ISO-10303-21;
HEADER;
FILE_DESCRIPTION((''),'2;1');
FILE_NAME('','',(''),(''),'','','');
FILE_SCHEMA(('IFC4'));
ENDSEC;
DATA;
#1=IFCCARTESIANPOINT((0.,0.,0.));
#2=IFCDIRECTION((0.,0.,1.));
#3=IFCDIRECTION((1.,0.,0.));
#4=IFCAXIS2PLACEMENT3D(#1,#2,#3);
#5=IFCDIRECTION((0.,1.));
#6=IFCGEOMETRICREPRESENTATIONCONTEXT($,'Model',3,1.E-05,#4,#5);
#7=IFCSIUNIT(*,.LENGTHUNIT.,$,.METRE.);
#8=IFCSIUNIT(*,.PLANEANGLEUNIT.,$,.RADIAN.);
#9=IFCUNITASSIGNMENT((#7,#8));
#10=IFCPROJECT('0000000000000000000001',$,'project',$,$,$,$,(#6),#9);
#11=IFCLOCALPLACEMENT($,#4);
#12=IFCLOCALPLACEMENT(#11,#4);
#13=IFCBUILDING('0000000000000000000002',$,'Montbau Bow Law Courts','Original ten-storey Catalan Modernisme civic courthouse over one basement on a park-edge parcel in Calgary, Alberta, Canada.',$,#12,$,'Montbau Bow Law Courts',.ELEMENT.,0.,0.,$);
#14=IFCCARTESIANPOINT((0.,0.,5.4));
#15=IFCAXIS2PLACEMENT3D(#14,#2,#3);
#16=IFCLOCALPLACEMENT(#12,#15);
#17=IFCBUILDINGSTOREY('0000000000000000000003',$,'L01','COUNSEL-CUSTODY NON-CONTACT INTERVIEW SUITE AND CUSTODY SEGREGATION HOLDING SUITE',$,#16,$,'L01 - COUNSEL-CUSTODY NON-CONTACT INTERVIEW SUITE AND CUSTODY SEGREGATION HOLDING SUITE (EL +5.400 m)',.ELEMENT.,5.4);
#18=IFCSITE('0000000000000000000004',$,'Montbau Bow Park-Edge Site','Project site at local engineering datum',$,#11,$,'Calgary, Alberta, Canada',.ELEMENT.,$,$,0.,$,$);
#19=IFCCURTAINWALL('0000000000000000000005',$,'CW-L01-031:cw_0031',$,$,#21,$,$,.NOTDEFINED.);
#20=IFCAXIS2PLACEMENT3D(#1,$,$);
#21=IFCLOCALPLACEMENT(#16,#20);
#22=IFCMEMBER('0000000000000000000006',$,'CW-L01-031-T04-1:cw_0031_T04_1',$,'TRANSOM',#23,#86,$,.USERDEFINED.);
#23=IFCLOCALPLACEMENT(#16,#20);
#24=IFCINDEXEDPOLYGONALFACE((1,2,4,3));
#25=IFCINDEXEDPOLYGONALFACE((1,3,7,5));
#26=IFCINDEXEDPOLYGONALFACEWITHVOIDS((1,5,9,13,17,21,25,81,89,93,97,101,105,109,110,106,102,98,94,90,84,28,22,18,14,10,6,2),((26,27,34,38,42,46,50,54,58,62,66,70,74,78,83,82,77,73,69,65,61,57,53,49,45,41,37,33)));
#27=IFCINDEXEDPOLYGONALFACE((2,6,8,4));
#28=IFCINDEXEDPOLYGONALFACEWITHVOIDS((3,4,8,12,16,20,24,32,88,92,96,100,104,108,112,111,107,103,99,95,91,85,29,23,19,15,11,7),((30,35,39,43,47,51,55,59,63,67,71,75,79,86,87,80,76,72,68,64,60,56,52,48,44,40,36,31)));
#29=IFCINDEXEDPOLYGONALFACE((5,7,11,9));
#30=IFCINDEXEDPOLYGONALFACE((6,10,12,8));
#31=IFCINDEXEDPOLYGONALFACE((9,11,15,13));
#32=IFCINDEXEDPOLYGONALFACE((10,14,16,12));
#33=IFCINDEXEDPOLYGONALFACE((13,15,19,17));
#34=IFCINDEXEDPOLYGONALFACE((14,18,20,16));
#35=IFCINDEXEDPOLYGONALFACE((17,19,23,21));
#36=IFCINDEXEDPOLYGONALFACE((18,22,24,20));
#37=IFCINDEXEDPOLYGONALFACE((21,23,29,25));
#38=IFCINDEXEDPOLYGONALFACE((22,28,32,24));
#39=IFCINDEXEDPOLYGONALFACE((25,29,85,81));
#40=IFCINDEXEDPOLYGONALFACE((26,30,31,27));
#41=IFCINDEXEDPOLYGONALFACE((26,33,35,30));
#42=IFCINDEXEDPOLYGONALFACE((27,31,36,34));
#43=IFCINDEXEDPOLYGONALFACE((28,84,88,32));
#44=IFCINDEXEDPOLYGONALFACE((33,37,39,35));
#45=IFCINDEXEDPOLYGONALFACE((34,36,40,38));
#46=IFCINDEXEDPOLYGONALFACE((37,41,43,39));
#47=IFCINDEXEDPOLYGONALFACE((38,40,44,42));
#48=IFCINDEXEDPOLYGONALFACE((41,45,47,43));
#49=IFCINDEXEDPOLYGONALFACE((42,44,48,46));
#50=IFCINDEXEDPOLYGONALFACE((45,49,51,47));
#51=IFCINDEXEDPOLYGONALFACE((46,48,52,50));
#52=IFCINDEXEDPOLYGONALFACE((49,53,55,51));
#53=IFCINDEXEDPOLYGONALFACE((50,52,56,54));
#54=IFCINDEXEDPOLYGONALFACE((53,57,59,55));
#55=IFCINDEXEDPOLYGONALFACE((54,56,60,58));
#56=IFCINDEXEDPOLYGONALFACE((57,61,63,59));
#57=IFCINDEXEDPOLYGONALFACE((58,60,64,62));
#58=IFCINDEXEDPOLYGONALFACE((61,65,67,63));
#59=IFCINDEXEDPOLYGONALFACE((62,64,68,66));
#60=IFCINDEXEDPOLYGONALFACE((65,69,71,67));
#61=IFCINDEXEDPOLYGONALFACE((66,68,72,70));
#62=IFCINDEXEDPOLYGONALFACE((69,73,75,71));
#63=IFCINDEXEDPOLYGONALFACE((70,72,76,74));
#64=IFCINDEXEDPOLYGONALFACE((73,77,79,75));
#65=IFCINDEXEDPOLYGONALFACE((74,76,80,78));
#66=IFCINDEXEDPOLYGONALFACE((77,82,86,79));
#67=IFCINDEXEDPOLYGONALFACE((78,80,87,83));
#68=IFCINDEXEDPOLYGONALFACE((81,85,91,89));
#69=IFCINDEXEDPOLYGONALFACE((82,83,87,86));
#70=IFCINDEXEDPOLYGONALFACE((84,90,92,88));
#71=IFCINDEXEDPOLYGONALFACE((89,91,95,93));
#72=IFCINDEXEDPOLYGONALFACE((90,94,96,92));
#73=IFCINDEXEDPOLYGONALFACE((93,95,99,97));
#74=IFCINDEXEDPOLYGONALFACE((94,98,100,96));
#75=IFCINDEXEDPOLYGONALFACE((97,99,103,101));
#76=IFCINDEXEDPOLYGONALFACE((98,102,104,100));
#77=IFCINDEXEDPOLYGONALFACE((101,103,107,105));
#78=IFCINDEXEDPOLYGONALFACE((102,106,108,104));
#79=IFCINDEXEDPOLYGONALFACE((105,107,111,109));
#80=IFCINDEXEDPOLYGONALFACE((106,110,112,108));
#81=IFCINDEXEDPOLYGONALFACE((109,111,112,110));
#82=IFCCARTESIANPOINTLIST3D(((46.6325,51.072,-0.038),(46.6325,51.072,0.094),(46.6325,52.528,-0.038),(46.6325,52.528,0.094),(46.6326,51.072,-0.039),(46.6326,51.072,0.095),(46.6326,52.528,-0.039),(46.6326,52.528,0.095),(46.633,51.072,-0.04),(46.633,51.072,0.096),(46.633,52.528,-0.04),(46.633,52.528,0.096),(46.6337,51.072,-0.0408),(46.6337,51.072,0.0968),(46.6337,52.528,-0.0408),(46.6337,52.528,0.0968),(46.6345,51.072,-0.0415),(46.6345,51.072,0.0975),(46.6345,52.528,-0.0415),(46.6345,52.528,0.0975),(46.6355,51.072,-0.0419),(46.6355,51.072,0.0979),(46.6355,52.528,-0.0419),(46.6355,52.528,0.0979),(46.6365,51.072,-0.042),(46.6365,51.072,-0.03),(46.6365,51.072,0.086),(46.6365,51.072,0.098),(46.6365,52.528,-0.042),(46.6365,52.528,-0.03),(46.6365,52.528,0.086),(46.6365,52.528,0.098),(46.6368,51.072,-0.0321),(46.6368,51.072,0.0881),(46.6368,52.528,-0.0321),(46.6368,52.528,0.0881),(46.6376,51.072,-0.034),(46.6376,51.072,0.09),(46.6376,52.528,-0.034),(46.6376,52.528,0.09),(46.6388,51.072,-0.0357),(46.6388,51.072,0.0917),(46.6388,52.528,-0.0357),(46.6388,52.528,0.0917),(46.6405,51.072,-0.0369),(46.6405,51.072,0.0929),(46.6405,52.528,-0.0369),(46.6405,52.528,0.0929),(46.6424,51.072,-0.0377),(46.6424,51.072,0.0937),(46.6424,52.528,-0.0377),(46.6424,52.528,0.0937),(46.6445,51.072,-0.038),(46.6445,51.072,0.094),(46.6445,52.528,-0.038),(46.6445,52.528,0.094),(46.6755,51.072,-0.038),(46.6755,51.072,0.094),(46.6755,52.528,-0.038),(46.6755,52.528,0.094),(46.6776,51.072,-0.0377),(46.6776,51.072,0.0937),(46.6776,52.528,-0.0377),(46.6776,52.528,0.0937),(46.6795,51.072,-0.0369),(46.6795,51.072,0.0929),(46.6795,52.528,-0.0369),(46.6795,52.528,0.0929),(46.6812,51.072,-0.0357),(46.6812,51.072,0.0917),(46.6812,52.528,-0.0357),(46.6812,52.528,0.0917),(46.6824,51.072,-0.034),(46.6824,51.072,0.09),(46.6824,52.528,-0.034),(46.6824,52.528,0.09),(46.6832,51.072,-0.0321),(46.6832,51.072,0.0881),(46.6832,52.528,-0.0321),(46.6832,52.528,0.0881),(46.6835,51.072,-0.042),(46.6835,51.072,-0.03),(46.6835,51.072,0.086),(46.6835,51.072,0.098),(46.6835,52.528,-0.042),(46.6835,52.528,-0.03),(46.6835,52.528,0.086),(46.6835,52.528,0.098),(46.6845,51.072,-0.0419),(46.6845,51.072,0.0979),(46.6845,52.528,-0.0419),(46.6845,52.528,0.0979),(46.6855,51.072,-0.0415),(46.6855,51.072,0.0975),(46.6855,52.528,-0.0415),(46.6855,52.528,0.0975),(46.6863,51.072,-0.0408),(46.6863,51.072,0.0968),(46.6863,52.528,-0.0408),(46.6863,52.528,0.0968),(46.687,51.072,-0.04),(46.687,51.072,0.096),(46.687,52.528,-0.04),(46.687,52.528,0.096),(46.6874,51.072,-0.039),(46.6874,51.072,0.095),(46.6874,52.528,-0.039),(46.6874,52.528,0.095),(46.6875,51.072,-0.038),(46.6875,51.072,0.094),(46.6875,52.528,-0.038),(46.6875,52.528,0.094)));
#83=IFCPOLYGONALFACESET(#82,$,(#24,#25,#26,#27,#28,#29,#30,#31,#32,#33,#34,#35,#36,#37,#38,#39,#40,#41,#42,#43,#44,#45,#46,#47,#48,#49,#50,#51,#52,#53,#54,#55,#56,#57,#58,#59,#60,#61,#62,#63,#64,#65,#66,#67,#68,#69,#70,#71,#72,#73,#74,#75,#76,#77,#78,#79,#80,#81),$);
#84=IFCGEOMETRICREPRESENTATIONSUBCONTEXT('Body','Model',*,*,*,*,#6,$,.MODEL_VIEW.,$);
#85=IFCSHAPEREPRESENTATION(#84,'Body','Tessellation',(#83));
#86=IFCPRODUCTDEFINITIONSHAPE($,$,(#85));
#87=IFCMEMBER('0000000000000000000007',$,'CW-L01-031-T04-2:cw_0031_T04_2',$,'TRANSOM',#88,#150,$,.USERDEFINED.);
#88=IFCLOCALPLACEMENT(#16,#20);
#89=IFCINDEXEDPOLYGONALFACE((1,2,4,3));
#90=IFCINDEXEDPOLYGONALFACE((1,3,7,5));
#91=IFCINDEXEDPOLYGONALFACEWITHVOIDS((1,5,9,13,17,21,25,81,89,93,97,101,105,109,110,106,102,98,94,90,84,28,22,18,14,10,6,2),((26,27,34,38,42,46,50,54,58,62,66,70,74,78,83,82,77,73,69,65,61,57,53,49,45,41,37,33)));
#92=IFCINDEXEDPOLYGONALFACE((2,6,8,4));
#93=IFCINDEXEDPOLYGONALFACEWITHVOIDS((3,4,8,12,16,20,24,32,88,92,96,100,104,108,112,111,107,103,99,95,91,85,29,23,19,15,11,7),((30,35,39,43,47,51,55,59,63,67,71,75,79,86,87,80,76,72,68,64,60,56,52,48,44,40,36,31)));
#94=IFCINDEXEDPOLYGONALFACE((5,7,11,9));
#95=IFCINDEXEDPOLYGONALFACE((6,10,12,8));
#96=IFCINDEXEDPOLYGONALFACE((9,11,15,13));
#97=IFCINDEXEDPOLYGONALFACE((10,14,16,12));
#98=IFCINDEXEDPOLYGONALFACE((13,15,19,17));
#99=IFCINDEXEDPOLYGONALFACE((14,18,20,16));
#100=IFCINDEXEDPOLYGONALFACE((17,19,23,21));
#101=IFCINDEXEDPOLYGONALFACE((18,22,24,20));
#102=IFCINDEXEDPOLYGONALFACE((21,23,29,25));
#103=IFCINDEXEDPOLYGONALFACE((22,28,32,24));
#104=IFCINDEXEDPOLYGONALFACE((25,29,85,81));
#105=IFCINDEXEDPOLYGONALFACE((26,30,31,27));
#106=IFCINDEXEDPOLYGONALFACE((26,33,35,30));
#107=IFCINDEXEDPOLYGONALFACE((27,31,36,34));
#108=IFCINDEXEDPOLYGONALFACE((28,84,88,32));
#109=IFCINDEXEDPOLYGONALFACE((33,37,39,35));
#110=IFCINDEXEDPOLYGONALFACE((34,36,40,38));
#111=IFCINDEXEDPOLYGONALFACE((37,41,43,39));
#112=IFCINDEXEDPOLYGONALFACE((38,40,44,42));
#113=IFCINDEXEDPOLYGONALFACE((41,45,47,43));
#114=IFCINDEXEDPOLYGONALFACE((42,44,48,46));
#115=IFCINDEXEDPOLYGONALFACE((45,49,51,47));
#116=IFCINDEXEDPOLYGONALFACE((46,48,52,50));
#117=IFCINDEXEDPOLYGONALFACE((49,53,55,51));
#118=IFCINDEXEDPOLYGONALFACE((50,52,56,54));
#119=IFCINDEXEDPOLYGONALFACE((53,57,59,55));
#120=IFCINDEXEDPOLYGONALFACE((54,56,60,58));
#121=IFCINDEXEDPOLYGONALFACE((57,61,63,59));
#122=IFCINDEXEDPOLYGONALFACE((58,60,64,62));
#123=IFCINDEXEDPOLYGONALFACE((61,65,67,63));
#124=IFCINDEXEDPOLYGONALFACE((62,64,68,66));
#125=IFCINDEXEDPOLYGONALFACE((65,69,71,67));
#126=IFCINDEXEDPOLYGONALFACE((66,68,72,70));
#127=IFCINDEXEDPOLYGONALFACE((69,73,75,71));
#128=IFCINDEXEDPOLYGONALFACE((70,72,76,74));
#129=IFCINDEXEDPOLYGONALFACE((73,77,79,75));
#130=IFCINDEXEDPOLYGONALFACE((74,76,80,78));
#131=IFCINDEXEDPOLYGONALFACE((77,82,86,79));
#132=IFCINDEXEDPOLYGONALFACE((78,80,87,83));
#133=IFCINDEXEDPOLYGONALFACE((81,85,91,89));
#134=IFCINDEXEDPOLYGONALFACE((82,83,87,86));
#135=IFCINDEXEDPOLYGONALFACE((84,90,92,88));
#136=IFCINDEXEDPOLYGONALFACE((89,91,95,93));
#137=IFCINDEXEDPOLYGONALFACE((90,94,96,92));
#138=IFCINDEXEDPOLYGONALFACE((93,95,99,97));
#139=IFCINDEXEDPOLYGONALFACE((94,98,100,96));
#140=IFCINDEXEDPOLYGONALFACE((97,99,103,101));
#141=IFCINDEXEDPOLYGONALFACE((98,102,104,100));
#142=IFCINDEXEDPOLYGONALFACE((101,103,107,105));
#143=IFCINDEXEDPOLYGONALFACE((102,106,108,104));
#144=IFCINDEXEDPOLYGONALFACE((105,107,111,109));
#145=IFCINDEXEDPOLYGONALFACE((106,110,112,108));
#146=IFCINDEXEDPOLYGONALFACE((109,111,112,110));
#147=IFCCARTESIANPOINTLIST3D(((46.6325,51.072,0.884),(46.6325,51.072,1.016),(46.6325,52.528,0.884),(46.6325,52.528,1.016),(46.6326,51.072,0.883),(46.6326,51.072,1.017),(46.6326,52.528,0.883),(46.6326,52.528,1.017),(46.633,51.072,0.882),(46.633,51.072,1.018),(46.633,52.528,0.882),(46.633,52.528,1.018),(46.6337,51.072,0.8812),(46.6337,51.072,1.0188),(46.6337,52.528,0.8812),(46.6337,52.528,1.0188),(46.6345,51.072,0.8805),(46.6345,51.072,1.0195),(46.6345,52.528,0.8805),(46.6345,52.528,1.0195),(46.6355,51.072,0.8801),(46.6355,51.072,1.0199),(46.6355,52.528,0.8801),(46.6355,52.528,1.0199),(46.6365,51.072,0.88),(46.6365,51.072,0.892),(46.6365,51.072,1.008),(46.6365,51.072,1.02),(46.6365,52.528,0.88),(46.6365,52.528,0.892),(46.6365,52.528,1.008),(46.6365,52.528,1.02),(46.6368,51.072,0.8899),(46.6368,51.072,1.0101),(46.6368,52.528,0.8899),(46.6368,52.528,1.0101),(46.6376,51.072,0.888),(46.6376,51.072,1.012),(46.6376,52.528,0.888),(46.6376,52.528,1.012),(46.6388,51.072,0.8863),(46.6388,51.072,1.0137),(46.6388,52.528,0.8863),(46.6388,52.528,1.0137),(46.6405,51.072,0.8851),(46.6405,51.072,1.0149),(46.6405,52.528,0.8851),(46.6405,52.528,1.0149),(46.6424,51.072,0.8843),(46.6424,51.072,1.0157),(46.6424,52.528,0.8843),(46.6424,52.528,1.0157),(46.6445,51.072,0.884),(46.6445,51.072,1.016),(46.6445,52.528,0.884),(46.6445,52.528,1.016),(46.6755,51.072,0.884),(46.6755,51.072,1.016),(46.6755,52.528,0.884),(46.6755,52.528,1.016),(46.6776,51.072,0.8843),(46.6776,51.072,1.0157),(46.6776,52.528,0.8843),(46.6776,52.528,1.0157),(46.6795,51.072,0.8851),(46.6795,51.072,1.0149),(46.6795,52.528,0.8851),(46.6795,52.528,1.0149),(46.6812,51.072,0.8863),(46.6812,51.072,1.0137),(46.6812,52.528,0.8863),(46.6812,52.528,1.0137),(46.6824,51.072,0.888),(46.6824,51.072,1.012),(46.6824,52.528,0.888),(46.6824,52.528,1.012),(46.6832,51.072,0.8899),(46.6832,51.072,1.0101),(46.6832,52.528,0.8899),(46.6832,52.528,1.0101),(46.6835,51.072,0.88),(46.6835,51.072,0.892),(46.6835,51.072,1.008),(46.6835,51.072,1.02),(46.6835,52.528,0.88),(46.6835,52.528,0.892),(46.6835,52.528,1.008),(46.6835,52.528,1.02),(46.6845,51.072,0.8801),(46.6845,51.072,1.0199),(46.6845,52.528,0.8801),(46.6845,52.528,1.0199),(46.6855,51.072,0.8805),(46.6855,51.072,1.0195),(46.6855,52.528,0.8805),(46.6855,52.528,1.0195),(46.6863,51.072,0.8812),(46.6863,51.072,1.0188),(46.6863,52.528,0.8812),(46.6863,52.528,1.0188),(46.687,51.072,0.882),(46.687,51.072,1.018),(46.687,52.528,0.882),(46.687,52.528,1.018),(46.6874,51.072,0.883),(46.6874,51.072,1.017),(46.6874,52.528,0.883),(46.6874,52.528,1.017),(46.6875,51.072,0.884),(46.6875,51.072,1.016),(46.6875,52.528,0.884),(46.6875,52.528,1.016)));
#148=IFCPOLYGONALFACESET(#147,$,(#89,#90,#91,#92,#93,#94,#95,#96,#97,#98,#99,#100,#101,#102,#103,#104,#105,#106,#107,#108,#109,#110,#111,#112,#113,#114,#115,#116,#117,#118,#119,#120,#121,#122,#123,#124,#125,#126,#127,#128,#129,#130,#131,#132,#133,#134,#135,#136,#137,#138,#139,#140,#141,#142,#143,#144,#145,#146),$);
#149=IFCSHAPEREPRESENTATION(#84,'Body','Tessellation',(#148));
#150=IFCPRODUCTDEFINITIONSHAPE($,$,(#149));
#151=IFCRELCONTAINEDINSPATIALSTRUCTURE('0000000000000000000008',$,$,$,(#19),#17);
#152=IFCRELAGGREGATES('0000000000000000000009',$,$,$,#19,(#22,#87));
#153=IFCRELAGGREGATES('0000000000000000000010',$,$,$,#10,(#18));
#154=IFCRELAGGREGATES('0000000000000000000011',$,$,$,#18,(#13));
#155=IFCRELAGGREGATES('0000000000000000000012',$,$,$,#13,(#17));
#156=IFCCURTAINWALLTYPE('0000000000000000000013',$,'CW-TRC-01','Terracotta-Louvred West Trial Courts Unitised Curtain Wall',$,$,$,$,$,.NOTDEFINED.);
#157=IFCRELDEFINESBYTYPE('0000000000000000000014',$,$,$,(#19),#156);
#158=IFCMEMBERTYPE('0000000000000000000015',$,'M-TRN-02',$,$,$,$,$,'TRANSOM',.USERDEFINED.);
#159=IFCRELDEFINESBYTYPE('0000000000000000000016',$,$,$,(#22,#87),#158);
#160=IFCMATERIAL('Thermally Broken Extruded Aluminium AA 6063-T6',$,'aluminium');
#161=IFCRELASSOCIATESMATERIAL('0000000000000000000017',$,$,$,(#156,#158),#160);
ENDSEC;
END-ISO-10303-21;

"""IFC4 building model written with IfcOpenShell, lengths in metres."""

from ifc_helpers import new_model, si_unit, direction, frame, origin_with_axes, origin_2d_with_axis, place, context, subcontext, project, spatial, hollow_rectangle, extrude, material, material_profile, profile_set, type_object, element, aggregate, save


model = new_model("IFC4")

# Units and contexts
model_context = context("Model", 3, precision=1e-05, world=origin_with_axes(), true_north=direction((0.0, 1.0)))
body_context = subcontext(model_context, "Body", "Model", "MODEL_VIEW")
ifc_project = project(units=[si_unit("LENGTHUNIT", "METRE"), si_unit("PLANEANGLEUNIT", "RADIAN")], contexts=[model_context])

# Site, building, storey
site_placement = place(None, origin_with_axes())
site = spatial("IfcSite", under=ifc_project, at=site_placement, Name="Montbau Bow Park-Edge Site", Description="Project site at local engineering datum", LongName="Calgary, Alberta, Canada", CompositionType="ELEMENT", RefElevation=0.0)
building_placement = place(site_placement, origin_with_axes())
building = spatial("IfcBuilding", under=site, at=building_placement, Name="Montbau Bow Law Courts", Description="Original ten-storey Catalan Modernisme civic courthouse over one basement on a park-edge parcel in Calgary, Alberta, Canada.", LongName="Montbau Bow Law Courts", CompositionType="ELEMENT", ElevationOfRefHeight=0.0, ElevationOfTerrain=0.0)
storey_placement = place(building_placement, frame((0.0, 0.0, 5.4), z_axis=(0.0, 0.0, 1.0), x_axis=(1.0, 0.0, 0.0)))
storey = spatial("IfcBuildingStorey", under=building, at=storey_placement, Name="L01", Description="COUNSEL-CUSTODY NON-CONTACT INTERVIEW SUITE AND CUSTODY SEGREGATION HOLDING SUITE", LongName="L01 - COUNSEL-CUSTODY NON-CONTACT INTERVIEW SUITE AND CUSTODY SEGREGATION HOLDING SUITE (EL +5.400 m)", CompositionType="ELEMENT", Elevation=5.4)

# Curtain wall
ifc_material_1 = material(Name="Thermally Broken Extruded Aluminium AA 6063-T6", Category="aluminium")
curtain_wall_type_1 = type_object("IfcCurtainWallType", Name="CW-TRC-01", Description="Terracotta-Louvred West Trial Courts Unitised Curtain Wall", PredefinedType="NOTDEFINED", material=ifc_material_1)
curtain_wall_1_placement = place(None, frame((46.66, 46.468, 5.4), z_axis=(0.0, 0.0, 1.0), x_axis=(1.0, 0.0, 0.0)))
curtain_wall_1 = element("IfcCurtainWall", 1, at=curtain_wall_1_placement, inside=storey, type_object=curtain_wall_type_1, Name="CW-L01-031:cw_0031", PredefinedType="NOTDEFINED")

# Members
ifc_material_profile_1 = material_profile(ifc_material_1, hollow_rectangle(XDim=0.055, YDim=0.14, WallThickness=0.004, InnerFilletRadius=0.008, OuterFilletRadius=0.004, at=origin_2d_with_axis()), Name="CWT-140X55", Category="Main", Priority=0)
ifc_profile_set_1 = profile_set([ifc_material_profile_1], Name="Thermally Broken Extruded Aluminium AA 6063-T6")
member_type_1 = type_object("IfcMemberType", Name="M-TRN-02", ElementType="TRANSOM", PredefinedType="USERDEFINED", material=ifc_profile_set_1)
member_1_placement = place(None, frame((46.66, 51.072, 5.428), z_axis=(0.0, 1.0, 0.0), x_axis=(-1.0, 0.0, 0.0)))
member_1 = element("IfcMember", 2, at=member_1_placement, type_object=member_type_1, Name="CW-L01-031-T04-1:cw_0031_T04_1", ObjectType="TRANSOM", PredefinedType="USERDEFINED", context=body_context, shape_type="SweptSolid", body=[
    extrude(hollow_rectangle(XDim=0.055, YDim=0.14, WallThickness=0.004, InnerFilletRadius=0.008, OuterFilletRadius=0.004, at=origin_2d_with_axis()), origin_with_axes(), (0.0, 0.0, 1.0), 1.456),
])
member_2_placement = place(None, frame((46.66, 51.072, 6.35), z_axis=(0.0, 1.0, 0.0), x_axis=(-1.0, 0.0, 0.0)))
member_2 = element("IfcMember", 3, at=member_2_placement, type_object=member_type_1, Name="CW-L01-031-T04-2:cw_0031_T04_2", ObjectType="TRANSOM", PredefinedType="USERDEFINED", context=body_context, shape_type="SweptSolid", body=[
    extrude(hollow_rectangle(XDim=0.055, YDim=0.14, WallThickness=0.004, InnerFilletRadius=0.008, OuterFilletRadius=0.004, at=origin_2d_with_axis()), origin_with_axes(), (0.0, 0.0, 1.0), 1.456),
])

aggregate(curtain_wall_1, [member_1, member_2])

save(model, "model.ifc")
